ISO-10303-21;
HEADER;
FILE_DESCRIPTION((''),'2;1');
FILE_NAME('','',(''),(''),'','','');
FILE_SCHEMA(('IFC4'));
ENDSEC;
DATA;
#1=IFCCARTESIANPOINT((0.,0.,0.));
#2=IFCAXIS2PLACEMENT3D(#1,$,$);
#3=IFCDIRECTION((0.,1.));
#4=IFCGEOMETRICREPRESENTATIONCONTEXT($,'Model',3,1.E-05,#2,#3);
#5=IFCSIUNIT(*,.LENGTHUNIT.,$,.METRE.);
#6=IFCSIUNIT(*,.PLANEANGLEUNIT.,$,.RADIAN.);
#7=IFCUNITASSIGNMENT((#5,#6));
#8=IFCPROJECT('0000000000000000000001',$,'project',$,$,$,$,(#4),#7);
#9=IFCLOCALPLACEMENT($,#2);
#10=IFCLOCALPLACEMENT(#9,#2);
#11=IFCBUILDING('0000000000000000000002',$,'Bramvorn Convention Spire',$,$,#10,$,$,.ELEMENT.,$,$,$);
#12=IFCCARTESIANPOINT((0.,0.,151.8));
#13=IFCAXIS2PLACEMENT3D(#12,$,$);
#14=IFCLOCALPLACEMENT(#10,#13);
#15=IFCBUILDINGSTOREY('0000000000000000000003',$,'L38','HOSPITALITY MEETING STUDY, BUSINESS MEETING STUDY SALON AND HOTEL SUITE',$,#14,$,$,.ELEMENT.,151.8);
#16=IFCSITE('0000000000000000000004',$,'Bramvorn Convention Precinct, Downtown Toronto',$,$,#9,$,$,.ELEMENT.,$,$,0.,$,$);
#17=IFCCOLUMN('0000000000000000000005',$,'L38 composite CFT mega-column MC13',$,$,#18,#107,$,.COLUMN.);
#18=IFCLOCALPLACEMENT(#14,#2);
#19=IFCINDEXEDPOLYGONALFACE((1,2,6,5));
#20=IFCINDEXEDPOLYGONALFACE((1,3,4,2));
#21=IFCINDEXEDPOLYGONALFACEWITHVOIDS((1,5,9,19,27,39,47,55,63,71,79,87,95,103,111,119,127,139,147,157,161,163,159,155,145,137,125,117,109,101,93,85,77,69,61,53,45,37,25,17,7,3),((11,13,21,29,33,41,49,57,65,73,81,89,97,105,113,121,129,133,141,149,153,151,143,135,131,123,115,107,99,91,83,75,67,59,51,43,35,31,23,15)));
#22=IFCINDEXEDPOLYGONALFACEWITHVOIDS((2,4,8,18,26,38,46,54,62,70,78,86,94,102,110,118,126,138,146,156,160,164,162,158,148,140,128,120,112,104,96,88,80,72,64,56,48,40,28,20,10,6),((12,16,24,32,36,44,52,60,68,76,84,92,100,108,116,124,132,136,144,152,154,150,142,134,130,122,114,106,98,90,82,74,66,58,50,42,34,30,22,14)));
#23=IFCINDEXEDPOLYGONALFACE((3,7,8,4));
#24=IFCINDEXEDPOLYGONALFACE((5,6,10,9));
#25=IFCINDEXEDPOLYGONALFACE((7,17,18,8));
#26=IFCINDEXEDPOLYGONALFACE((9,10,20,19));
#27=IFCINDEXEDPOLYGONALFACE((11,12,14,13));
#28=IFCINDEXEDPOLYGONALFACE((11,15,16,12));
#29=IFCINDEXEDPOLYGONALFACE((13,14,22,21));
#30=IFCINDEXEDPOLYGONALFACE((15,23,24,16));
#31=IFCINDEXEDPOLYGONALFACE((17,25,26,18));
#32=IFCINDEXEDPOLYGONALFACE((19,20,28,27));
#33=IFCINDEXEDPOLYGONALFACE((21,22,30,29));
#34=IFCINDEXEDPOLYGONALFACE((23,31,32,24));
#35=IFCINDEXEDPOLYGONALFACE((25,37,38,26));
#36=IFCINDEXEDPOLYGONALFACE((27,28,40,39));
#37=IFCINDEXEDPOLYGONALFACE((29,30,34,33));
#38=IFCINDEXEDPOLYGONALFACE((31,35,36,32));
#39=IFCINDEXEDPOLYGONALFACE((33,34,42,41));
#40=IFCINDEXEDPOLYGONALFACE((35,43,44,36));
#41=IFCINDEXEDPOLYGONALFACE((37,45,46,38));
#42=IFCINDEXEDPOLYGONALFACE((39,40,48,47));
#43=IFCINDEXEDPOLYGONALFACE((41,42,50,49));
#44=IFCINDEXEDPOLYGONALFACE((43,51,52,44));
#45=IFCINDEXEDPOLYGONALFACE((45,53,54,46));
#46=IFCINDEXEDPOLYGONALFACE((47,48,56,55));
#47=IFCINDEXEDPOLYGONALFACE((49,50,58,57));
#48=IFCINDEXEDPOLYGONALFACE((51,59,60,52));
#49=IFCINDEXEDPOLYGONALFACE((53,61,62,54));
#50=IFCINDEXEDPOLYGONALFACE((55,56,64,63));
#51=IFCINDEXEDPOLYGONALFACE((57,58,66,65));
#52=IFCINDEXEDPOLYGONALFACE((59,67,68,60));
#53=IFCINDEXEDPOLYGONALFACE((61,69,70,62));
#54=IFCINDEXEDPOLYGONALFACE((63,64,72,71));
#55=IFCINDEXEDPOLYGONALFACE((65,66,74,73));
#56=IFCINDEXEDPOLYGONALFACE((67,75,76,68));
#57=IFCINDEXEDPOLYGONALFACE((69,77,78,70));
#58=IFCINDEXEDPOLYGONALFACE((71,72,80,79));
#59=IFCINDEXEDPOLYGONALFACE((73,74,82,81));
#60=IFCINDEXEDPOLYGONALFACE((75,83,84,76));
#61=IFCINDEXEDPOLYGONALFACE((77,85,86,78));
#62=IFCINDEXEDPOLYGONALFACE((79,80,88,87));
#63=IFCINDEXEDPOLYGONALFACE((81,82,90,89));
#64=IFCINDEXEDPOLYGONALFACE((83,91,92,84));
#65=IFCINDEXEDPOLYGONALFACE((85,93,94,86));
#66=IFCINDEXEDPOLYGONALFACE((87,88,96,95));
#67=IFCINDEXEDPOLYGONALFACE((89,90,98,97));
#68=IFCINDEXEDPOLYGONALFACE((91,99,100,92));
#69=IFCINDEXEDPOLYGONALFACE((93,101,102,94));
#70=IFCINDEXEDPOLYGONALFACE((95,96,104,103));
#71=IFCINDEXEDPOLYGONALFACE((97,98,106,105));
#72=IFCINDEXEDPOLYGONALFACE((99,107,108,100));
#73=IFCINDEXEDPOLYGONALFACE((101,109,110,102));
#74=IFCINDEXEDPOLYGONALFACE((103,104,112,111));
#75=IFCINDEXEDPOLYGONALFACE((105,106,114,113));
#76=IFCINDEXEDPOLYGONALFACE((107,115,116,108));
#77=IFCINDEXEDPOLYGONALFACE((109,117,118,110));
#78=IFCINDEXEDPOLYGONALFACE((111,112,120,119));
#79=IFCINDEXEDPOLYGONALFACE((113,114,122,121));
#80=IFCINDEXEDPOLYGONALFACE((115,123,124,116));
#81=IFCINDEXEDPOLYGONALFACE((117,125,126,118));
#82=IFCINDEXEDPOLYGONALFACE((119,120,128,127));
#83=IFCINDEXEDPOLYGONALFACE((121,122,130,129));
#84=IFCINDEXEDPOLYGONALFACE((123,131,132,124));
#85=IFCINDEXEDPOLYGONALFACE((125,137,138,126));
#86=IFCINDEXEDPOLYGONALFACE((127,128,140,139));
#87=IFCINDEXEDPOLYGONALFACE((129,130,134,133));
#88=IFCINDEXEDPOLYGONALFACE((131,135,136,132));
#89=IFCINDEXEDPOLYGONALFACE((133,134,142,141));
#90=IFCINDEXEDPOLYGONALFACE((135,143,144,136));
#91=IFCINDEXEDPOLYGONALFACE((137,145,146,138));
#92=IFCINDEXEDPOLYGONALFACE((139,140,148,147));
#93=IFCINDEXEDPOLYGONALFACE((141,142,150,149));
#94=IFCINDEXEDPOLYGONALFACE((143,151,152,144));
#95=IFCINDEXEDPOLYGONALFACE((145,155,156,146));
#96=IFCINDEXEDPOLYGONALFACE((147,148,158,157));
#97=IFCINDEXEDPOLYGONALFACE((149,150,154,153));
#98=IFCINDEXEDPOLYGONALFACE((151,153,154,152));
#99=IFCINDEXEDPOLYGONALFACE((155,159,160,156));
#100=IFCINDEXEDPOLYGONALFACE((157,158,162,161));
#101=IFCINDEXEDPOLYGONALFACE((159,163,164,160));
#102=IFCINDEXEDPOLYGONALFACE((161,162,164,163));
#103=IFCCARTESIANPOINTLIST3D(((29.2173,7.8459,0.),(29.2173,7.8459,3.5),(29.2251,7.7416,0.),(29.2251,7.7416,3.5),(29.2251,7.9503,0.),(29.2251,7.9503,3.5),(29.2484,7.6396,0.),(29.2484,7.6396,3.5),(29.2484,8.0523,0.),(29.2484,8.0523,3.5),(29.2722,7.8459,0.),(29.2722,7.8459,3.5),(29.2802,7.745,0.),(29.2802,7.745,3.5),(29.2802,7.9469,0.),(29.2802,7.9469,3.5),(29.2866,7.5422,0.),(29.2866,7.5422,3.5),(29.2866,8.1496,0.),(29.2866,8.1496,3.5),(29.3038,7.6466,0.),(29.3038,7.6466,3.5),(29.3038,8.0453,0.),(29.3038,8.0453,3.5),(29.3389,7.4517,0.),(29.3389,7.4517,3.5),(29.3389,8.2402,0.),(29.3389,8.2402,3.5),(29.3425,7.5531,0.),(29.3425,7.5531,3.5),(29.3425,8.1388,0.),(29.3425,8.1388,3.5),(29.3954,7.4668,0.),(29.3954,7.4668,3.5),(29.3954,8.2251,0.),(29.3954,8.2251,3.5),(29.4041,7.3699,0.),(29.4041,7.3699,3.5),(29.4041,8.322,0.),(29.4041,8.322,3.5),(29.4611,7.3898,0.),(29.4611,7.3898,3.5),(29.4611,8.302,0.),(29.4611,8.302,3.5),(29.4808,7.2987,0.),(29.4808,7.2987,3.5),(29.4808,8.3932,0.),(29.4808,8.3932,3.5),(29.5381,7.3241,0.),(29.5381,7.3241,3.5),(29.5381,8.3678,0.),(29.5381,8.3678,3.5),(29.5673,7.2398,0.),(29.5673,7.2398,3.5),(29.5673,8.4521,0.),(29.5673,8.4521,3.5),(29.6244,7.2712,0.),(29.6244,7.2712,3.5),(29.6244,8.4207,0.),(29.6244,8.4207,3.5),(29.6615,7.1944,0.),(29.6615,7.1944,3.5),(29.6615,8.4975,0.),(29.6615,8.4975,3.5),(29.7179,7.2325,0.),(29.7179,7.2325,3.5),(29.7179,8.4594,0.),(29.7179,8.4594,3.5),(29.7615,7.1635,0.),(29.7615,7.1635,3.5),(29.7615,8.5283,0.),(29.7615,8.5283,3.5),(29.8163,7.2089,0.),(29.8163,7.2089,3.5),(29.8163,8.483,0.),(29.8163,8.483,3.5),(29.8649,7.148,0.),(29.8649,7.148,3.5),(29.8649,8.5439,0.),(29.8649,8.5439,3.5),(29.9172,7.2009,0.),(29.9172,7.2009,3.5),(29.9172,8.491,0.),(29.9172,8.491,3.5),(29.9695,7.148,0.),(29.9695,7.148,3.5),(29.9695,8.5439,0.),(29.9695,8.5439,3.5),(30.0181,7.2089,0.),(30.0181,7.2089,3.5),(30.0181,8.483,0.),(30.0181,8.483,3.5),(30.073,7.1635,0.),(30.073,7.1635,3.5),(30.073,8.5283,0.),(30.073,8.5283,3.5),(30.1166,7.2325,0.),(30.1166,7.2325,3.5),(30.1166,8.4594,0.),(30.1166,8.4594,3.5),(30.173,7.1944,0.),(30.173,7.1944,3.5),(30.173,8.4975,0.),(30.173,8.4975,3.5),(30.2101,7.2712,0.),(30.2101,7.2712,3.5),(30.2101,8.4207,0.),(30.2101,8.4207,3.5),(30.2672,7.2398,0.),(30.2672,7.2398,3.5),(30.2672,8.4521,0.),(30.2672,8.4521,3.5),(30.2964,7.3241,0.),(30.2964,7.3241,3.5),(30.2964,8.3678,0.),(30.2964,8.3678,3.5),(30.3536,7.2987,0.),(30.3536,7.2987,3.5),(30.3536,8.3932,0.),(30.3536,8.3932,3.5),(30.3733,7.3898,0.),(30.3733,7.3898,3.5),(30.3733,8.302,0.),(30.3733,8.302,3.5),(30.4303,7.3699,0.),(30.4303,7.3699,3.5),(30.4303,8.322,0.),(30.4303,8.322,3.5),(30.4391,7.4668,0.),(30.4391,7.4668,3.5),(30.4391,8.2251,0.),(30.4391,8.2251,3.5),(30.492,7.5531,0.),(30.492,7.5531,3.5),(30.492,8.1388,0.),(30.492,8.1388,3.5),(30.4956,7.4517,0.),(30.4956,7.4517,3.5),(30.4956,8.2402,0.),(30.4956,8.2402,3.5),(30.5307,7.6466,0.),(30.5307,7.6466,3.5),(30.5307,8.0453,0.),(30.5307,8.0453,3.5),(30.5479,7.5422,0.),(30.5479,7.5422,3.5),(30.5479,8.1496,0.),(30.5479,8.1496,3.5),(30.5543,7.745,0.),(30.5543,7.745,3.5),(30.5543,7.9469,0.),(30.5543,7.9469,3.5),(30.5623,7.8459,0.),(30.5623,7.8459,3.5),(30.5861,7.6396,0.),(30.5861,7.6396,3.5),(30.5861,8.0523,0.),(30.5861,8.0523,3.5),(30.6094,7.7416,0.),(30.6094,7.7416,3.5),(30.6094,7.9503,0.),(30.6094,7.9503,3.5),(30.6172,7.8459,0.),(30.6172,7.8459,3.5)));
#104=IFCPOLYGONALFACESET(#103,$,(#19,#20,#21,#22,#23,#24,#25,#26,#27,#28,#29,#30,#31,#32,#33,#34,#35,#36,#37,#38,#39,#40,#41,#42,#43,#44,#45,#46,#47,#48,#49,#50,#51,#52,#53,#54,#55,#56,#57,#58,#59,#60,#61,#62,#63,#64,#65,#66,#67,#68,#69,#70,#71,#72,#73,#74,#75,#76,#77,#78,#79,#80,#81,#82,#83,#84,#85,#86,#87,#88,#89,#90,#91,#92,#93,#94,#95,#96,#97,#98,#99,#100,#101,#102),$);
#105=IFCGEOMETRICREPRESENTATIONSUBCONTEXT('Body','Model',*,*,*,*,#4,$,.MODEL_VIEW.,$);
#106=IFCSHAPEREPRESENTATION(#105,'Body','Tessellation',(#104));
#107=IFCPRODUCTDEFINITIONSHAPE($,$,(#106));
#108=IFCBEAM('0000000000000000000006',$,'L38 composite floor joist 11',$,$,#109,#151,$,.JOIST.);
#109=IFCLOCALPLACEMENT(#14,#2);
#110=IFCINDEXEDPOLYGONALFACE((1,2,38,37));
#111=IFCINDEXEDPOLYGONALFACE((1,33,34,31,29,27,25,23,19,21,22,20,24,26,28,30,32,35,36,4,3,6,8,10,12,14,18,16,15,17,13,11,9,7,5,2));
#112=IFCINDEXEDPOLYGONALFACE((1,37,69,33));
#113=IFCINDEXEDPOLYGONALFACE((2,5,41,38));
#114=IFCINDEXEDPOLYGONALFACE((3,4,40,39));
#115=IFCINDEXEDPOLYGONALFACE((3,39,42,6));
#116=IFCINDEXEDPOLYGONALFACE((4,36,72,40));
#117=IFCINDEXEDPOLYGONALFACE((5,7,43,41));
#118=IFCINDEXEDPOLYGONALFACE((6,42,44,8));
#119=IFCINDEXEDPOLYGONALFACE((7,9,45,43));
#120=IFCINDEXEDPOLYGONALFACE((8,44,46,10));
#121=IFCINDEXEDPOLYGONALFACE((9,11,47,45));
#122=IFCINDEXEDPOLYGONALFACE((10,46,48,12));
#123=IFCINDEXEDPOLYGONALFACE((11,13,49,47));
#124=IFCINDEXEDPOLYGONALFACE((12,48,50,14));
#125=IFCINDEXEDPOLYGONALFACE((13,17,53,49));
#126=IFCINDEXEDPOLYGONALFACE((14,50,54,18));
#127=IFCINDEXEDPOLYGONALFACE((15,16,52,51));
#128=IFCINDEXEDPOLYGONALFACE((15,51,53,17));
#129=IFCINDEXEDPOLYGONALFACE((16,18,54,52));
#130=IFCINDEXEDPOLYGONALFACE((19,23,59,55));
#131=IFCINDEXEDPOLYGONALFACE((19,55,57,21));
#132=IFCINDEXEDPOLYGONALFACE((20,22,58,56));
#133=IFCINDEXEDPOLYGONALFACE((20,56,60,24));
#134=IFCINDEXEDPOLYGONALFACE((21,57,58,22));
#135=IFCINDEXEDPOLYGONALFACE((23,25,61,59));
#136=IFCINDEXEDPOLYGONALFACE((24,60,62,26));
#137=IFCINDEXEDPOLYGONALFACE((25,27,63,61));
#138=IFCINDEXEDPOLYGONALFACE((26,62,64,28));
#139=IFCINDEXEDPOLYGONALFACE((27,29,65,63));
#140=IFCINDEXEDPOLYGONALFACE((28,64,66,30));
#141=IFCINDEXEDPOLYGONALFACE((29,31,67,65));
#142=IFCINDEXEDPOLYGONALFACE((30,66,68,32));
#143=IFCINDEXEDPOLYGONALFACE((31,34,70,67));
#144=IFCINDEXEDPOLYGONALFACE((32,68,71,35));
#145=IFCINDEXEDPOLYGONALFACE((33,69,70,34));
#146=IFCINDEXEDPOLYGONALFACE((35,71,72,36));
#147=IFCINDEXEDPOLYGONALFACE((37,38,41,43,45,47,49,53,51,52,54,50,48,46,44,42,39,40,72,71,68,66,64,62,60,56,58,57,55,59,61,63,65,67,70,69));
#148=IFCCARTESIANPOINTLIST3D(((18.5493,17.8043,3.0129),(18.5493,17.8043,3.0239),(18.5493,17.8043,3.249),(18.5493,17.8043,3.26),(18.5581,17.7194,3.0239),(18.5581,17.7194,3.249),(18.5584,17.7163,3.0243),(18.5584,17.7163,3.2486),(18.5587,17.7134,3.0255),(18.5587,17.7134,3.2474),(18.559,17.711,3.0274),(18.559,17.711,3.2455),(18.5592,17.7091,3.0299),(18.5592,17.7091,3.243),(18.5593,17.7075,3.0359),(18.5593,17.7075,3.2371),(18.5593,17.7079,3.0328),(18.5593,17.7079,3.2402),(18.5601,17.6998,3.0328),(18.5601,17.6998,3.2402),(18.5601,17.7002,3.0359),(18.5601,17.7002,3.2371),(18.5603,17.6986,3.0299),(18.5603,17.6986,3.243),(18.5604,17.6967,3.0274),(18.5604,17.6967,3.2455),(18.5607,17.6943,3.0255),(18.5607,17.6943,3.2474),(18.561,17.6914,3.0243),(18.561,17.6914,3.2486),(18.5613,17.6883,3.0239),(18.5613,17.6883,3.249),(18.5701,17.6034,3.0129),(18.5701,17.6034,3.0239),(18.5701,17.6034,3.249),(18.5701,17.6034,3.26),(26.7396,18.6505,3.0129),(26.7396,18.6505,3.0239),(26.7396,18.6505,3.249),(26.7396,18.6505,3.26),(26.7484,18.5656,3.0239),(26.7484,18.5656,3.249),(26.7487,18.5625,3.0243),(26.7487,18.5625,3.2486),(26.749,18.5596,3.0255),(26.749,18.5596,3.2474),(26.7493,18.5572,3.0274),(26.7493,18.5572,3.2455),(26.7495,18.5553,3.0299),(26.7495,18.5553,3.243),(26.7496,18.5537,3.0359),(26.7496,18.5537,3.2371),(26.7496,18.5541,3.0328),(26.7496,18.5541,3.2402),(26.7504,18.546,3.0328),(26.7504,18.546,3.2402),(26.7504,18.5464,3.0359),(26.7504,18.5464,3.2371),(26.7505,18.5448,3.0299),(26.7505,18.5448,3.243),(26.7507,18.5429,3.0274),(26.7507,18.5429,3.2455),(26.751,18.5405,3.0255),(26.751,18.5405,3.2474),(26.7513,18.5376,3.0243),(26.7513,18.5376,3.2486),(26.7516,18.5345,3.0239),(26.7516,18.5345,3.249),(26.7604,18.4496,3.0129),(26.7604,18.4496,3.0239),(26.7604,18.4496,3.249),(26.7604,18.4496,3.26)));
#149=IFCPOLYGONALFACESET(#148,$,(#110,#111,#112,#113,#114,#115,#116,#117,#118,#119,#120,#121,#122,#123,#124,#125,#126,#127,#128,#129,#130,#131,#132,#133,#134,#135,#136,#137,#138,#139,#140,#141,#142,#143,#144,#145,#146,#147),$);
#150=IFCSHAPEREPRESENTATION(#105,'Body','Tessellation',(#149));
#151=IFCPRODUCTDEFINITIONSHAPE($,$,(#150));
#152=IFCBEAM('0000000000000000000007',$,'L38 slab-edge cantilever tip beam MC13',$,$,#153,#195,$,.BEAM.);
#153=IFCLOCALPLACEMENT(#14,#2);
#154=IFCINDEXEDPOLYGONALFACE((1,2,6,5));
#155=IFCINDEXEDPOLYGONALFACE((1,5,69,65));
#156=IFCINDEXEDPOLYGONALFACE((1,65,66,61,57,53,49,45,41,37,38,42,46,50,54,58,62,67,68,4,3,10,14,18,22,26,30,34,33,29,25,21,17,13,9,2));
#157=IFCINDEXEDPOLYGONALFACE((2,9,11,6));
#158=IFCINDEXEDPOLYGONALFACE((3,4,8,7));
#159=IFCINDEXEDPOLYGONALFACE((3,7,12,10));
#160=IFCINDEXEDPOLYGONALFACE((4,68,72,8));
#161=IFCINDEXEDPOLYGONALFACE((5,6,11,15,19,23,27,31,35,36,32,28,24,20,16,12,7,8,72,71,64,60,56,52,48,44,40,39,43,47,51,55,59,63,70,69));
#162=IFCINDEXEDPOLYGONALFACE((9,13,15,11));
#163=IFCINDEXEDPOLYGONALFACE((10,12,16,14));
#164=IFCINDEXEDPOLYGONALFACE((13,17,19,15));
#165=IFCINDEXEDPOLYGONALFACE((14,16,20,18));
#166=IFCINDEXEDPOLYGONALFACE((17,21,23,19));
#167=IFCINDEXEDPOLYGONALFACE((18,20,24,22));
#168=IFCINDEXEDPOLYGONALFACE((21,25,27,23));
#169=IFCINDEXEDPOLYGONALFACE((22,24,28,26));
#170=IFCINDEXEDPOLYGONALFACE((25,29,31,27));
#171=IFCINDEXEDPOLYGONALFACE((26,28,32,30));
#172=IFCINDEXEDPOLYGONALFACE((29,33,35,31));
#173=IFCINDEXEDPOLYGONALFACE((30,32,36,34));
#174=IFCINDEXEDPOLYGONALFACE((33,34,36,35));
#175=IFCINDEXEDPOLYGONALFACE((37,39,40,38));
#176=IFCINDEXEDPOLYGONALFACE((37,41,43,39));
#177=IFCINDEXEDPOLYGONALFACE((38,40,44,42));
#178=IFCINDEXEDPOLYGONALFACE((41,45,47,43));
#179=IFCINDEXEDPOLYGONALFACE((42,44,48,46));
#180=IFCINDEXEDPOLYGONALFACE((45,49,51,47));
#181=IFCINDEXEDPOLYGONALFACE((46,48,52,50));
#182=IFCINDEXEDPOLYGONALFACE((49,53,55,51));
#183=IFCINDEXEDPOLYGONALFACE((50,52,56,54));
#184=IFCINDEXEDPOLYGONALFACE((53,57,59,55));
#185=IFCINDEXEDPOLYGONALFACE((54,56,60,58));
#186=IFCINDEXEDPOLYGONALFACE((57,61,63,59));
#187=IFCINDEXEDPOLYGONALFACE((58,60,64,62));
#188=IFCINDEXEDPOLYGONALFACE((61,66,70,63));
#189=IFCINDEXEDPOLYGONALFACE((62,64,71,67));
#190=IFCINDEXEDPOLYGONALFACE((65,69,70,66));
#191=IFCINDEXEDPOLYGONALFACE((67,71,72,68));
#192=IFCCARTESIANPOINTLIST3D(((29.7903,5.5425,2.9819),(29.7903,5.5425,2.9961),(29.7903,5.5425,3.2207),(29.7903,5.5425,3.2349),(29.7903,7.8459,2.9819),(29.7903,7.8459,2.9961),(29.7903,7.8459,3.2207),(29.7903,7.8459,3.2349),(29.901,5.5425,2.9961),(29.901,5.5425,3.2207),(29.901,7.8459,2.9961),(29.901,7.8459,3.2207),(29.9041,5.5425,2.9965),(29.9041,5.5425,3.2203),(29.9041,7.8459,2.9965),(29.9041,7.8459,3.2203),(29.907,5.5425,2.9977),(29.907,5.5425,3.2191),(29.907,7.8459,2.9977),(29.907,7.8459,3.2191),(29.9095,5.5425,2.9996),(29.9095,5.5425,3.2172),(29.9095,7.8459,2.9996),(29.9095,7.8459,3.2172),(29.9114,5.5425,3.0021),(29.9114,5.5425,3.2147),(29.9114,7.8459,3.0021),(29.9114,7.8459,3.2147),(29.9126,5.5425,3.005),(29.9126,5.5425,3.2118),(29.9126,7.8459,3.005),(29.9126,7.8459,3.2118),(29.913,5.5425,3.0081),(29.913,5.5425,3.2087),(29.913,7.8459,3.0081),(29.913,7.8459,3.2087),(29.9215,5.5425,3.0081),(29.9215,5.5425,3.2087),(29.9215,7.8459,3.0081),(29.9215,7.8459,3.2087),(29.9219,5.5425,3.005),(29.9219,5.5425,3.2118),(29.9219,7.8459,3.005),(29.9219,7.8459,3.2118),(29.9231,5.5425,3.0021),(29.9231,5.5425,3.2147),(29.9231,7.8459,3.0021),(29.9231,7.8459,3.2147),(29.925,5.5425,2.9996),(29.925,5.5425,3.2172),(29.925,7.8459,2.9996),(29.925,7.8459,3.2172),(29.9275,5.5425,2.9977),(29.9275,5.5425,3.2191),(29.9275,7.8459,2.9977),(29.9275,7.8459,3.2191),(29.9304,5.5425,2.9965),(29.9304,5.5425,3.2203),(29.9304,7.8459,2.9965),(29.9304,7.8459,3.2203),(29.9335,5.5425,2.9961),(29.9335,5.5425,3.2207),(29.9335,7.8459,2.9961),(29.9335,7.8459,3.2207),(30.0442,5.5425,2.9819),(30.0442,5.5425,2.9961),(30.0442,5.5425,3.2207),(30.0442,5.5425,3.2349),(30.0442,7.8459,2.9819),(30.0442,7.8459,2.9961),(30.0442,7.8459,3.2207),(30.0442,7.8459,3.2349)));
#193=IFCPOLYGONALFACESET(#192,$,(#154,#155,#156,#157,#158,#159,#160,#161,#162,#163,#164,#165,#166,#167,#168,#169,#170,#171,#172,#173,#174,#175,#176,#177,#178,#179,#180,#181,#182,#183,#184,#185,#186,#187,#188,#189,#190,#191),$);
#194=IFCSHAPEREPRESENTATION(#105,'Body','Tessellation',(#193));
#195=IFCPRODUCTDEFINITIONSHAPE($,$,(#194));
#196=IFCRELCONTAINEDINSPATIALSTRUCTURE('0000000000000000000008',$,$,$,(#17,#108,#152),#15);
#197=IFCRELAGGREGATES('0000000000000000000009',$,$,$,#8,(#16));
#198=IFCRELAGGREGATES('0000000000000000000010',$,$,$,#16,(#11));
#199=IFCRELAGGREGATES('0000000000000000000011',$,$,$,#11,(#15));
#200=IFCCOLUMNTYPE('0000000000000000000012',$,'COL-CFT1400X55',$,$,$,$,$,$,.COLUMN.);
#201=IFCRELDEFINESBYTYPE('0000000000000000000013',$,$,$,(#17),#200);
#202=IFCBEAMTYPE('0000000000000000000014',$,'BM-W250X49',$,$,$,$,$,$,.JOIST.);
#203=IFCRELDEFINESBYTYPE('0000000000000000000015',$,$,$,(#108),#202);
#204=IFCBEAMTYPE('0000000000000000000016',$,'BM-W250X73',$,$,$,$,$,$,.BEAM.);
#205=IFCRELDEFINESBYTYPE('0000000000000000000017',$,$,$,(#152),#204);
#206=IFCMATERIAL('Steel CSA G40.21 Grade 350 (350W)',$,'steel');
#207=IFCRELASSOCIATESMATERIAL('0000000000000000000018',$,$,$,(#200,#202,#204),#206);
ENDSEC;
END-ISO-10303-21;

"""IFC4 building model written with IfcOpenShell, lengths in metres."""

from ifc_helpers import new_model, si_unit, direction, frame, origin, origin_2d, place, context, subcontext, project, spatial, hollow_circle, i_section, extrude, material, material_profile, profile_set, type_object, element, save


model = new_model("IFC4")

# Units and contexts
model_context = context("Model", 3, precision=1e-05, world=origin(), true_north=direction((0.0, 1.0)))
body_context = subcontext(model_context, "Body", "Model", "MODEL_VIEW")
ifc_project = project(units=[si_unit("LENGTHUNIT", "METRE"), si_unit("PLANEANGLEUNIT", "RADIAN")], contexts=[model_context])

# Site, building, storey
site_placement = place(None, origin())
site = spatial("IfcSite", under=ifc_project, at=site_placement, Name="Bramvorn Convention Precinct, Downtown Toronto", CompositionType="ELEMENT", RefElevation=0.0)
building_placement = place(site_placement, origin())
building = spatial("IfcBuilding", under=site, at=building_placement, Name="Bramvorn Convention Spire", CompositionType="ELEMENT")
storey_placement = place(building_placement, frame((0.0, 0.0, 151.8)))
storey = spatial("IfcBuildingStorey", under=building, at=storey_placement, Name="L38", Description="HOSPITALITY MEETING STUDY, BUSINESS MEETING STUDY SALON AND HOTEL SUITE", CompositionType="ELEMENT", Elevation=151.8)

# Column
ifc_material_1 = material(Name="Steel CSA G40.21 Grade 350 (350W)", Category="steel")
ifc_material_profile_1 = material_profile(ifc_material_1, hollow_circle(Radius=0.7, WallThickness=0.0549, at=origin_2d()))
ifc_profile_set_1 = profile_set([ifc_material_profile_1], Name="Steel CSA G40.21 Grade 350 (350W) - CFT1400X55")
column_type = type_object("IfcColumnType", Name="COL-CFT1400X55", PredefinedType="COLUMN", material=ifc_profile_set_1)
column_placement = place(storey_placement, frame((29.9172, 7.8459, 0.0), z_axis=(0.0, 0.0, 1.0), x_axis=(1.0, 0.0, 0.0)))
element("IfcColumn", 1, at=column_placement, inside=storey, type_object=column_type, Name="L38 composite CFT mega-column MC13", PredefinedType="COLUMN", context=body_context, shape_type="SweptSolid", body=[
    extrude(hollow_circle(Radius=0.7, WallThickness=0.0549, at=origin_2d()), origin(), (0.0, 0.0, 1.0), 3.5),
])

# Beams
ifc_material_profile_2 = material_profile(ifc_material_1, i_section(OverallWidth=0.2019, OverallDepth=0.2471, WebThickness=0.0073, FlangeThickness=0.011, FilletRadius=0.012, at=origin_2d()))
ifc_profile_set_2 = profile_set([ifc_material_profile_2], Name="Steel CSA G40.21 Grade 350 (350W) - W250X49")
beam_type_1 = type_object("IfcBeamType", Name="BM-W250X49", PredefinedType="JOIST", material=ifc_profile_set_2)
beam_1_placement = place(storey_placement, frame((26.75, 18.55, 3.1365), z_axis=(-0.994705, -0.102771, 0.0), x_axis=(0.102771, -0.994705, 0.0)))
element("IfcBeam", 2, at=beam_1_placement, inside=storey, type_object=beam_type_1, Name="L38 composite floor joist 11", PredefinedType="JOIST", context=body_context, shape_type="SweptSolid", body=[
    extrude(i_section(OverallWidth=0.2019, OverallDepth=0.2471, WebThickness=0.0073, FlangeThickness=0.011, FilletRadius=0.012, at=origin_2d()), origin(), (0.0, 0.0, 1.0), 8.2339),
])
ifc_material_profile_3 = material_profile(ifc_material_1, i_section(OverallWidth=0.2539, OverallDepth=0.2529, WebThickness=0.0085, FlangeThickness=0.0142, FilletRadius=0.012, at=origin_2d()))
ifc_profile_set_3 = profile_set([ifc_material_profile_3], Name="Steel CSA G40.21 Grade 350 (350W) - W250X73")
beam_type_2 = type_object("IfcBeamType", Name="BM-W250X73", PredefinedType="BEAM", material=ifc_profile_set_3)
beam_2_placement = place(storey_placement, frame((29.9172, 7.8459, 3.1084), z_axis=(0.0, -1.0, 0.0), x_axis=(1.0, 0.0, 0.0)))
element("IfcBeam", 3, at=beam_2_placement, inside=storey, type_object=beam_type_2, Name="L38 slab-edge cantilever tip beam MC13", PredefinedType="BEAM", context=body_context, shape_type="SweptSolid", body=[
    extrude(i_section(OverallWidth=0.2539, OverallDepth=0.2529, WebThickness=0.0085, FlangeThickness=0.0142, FilletRadius=0.012, at=origin_2d()), origin(), (0.0, 0.0, 1.0), 2.3035),
])

save(model, "model.ifc")
